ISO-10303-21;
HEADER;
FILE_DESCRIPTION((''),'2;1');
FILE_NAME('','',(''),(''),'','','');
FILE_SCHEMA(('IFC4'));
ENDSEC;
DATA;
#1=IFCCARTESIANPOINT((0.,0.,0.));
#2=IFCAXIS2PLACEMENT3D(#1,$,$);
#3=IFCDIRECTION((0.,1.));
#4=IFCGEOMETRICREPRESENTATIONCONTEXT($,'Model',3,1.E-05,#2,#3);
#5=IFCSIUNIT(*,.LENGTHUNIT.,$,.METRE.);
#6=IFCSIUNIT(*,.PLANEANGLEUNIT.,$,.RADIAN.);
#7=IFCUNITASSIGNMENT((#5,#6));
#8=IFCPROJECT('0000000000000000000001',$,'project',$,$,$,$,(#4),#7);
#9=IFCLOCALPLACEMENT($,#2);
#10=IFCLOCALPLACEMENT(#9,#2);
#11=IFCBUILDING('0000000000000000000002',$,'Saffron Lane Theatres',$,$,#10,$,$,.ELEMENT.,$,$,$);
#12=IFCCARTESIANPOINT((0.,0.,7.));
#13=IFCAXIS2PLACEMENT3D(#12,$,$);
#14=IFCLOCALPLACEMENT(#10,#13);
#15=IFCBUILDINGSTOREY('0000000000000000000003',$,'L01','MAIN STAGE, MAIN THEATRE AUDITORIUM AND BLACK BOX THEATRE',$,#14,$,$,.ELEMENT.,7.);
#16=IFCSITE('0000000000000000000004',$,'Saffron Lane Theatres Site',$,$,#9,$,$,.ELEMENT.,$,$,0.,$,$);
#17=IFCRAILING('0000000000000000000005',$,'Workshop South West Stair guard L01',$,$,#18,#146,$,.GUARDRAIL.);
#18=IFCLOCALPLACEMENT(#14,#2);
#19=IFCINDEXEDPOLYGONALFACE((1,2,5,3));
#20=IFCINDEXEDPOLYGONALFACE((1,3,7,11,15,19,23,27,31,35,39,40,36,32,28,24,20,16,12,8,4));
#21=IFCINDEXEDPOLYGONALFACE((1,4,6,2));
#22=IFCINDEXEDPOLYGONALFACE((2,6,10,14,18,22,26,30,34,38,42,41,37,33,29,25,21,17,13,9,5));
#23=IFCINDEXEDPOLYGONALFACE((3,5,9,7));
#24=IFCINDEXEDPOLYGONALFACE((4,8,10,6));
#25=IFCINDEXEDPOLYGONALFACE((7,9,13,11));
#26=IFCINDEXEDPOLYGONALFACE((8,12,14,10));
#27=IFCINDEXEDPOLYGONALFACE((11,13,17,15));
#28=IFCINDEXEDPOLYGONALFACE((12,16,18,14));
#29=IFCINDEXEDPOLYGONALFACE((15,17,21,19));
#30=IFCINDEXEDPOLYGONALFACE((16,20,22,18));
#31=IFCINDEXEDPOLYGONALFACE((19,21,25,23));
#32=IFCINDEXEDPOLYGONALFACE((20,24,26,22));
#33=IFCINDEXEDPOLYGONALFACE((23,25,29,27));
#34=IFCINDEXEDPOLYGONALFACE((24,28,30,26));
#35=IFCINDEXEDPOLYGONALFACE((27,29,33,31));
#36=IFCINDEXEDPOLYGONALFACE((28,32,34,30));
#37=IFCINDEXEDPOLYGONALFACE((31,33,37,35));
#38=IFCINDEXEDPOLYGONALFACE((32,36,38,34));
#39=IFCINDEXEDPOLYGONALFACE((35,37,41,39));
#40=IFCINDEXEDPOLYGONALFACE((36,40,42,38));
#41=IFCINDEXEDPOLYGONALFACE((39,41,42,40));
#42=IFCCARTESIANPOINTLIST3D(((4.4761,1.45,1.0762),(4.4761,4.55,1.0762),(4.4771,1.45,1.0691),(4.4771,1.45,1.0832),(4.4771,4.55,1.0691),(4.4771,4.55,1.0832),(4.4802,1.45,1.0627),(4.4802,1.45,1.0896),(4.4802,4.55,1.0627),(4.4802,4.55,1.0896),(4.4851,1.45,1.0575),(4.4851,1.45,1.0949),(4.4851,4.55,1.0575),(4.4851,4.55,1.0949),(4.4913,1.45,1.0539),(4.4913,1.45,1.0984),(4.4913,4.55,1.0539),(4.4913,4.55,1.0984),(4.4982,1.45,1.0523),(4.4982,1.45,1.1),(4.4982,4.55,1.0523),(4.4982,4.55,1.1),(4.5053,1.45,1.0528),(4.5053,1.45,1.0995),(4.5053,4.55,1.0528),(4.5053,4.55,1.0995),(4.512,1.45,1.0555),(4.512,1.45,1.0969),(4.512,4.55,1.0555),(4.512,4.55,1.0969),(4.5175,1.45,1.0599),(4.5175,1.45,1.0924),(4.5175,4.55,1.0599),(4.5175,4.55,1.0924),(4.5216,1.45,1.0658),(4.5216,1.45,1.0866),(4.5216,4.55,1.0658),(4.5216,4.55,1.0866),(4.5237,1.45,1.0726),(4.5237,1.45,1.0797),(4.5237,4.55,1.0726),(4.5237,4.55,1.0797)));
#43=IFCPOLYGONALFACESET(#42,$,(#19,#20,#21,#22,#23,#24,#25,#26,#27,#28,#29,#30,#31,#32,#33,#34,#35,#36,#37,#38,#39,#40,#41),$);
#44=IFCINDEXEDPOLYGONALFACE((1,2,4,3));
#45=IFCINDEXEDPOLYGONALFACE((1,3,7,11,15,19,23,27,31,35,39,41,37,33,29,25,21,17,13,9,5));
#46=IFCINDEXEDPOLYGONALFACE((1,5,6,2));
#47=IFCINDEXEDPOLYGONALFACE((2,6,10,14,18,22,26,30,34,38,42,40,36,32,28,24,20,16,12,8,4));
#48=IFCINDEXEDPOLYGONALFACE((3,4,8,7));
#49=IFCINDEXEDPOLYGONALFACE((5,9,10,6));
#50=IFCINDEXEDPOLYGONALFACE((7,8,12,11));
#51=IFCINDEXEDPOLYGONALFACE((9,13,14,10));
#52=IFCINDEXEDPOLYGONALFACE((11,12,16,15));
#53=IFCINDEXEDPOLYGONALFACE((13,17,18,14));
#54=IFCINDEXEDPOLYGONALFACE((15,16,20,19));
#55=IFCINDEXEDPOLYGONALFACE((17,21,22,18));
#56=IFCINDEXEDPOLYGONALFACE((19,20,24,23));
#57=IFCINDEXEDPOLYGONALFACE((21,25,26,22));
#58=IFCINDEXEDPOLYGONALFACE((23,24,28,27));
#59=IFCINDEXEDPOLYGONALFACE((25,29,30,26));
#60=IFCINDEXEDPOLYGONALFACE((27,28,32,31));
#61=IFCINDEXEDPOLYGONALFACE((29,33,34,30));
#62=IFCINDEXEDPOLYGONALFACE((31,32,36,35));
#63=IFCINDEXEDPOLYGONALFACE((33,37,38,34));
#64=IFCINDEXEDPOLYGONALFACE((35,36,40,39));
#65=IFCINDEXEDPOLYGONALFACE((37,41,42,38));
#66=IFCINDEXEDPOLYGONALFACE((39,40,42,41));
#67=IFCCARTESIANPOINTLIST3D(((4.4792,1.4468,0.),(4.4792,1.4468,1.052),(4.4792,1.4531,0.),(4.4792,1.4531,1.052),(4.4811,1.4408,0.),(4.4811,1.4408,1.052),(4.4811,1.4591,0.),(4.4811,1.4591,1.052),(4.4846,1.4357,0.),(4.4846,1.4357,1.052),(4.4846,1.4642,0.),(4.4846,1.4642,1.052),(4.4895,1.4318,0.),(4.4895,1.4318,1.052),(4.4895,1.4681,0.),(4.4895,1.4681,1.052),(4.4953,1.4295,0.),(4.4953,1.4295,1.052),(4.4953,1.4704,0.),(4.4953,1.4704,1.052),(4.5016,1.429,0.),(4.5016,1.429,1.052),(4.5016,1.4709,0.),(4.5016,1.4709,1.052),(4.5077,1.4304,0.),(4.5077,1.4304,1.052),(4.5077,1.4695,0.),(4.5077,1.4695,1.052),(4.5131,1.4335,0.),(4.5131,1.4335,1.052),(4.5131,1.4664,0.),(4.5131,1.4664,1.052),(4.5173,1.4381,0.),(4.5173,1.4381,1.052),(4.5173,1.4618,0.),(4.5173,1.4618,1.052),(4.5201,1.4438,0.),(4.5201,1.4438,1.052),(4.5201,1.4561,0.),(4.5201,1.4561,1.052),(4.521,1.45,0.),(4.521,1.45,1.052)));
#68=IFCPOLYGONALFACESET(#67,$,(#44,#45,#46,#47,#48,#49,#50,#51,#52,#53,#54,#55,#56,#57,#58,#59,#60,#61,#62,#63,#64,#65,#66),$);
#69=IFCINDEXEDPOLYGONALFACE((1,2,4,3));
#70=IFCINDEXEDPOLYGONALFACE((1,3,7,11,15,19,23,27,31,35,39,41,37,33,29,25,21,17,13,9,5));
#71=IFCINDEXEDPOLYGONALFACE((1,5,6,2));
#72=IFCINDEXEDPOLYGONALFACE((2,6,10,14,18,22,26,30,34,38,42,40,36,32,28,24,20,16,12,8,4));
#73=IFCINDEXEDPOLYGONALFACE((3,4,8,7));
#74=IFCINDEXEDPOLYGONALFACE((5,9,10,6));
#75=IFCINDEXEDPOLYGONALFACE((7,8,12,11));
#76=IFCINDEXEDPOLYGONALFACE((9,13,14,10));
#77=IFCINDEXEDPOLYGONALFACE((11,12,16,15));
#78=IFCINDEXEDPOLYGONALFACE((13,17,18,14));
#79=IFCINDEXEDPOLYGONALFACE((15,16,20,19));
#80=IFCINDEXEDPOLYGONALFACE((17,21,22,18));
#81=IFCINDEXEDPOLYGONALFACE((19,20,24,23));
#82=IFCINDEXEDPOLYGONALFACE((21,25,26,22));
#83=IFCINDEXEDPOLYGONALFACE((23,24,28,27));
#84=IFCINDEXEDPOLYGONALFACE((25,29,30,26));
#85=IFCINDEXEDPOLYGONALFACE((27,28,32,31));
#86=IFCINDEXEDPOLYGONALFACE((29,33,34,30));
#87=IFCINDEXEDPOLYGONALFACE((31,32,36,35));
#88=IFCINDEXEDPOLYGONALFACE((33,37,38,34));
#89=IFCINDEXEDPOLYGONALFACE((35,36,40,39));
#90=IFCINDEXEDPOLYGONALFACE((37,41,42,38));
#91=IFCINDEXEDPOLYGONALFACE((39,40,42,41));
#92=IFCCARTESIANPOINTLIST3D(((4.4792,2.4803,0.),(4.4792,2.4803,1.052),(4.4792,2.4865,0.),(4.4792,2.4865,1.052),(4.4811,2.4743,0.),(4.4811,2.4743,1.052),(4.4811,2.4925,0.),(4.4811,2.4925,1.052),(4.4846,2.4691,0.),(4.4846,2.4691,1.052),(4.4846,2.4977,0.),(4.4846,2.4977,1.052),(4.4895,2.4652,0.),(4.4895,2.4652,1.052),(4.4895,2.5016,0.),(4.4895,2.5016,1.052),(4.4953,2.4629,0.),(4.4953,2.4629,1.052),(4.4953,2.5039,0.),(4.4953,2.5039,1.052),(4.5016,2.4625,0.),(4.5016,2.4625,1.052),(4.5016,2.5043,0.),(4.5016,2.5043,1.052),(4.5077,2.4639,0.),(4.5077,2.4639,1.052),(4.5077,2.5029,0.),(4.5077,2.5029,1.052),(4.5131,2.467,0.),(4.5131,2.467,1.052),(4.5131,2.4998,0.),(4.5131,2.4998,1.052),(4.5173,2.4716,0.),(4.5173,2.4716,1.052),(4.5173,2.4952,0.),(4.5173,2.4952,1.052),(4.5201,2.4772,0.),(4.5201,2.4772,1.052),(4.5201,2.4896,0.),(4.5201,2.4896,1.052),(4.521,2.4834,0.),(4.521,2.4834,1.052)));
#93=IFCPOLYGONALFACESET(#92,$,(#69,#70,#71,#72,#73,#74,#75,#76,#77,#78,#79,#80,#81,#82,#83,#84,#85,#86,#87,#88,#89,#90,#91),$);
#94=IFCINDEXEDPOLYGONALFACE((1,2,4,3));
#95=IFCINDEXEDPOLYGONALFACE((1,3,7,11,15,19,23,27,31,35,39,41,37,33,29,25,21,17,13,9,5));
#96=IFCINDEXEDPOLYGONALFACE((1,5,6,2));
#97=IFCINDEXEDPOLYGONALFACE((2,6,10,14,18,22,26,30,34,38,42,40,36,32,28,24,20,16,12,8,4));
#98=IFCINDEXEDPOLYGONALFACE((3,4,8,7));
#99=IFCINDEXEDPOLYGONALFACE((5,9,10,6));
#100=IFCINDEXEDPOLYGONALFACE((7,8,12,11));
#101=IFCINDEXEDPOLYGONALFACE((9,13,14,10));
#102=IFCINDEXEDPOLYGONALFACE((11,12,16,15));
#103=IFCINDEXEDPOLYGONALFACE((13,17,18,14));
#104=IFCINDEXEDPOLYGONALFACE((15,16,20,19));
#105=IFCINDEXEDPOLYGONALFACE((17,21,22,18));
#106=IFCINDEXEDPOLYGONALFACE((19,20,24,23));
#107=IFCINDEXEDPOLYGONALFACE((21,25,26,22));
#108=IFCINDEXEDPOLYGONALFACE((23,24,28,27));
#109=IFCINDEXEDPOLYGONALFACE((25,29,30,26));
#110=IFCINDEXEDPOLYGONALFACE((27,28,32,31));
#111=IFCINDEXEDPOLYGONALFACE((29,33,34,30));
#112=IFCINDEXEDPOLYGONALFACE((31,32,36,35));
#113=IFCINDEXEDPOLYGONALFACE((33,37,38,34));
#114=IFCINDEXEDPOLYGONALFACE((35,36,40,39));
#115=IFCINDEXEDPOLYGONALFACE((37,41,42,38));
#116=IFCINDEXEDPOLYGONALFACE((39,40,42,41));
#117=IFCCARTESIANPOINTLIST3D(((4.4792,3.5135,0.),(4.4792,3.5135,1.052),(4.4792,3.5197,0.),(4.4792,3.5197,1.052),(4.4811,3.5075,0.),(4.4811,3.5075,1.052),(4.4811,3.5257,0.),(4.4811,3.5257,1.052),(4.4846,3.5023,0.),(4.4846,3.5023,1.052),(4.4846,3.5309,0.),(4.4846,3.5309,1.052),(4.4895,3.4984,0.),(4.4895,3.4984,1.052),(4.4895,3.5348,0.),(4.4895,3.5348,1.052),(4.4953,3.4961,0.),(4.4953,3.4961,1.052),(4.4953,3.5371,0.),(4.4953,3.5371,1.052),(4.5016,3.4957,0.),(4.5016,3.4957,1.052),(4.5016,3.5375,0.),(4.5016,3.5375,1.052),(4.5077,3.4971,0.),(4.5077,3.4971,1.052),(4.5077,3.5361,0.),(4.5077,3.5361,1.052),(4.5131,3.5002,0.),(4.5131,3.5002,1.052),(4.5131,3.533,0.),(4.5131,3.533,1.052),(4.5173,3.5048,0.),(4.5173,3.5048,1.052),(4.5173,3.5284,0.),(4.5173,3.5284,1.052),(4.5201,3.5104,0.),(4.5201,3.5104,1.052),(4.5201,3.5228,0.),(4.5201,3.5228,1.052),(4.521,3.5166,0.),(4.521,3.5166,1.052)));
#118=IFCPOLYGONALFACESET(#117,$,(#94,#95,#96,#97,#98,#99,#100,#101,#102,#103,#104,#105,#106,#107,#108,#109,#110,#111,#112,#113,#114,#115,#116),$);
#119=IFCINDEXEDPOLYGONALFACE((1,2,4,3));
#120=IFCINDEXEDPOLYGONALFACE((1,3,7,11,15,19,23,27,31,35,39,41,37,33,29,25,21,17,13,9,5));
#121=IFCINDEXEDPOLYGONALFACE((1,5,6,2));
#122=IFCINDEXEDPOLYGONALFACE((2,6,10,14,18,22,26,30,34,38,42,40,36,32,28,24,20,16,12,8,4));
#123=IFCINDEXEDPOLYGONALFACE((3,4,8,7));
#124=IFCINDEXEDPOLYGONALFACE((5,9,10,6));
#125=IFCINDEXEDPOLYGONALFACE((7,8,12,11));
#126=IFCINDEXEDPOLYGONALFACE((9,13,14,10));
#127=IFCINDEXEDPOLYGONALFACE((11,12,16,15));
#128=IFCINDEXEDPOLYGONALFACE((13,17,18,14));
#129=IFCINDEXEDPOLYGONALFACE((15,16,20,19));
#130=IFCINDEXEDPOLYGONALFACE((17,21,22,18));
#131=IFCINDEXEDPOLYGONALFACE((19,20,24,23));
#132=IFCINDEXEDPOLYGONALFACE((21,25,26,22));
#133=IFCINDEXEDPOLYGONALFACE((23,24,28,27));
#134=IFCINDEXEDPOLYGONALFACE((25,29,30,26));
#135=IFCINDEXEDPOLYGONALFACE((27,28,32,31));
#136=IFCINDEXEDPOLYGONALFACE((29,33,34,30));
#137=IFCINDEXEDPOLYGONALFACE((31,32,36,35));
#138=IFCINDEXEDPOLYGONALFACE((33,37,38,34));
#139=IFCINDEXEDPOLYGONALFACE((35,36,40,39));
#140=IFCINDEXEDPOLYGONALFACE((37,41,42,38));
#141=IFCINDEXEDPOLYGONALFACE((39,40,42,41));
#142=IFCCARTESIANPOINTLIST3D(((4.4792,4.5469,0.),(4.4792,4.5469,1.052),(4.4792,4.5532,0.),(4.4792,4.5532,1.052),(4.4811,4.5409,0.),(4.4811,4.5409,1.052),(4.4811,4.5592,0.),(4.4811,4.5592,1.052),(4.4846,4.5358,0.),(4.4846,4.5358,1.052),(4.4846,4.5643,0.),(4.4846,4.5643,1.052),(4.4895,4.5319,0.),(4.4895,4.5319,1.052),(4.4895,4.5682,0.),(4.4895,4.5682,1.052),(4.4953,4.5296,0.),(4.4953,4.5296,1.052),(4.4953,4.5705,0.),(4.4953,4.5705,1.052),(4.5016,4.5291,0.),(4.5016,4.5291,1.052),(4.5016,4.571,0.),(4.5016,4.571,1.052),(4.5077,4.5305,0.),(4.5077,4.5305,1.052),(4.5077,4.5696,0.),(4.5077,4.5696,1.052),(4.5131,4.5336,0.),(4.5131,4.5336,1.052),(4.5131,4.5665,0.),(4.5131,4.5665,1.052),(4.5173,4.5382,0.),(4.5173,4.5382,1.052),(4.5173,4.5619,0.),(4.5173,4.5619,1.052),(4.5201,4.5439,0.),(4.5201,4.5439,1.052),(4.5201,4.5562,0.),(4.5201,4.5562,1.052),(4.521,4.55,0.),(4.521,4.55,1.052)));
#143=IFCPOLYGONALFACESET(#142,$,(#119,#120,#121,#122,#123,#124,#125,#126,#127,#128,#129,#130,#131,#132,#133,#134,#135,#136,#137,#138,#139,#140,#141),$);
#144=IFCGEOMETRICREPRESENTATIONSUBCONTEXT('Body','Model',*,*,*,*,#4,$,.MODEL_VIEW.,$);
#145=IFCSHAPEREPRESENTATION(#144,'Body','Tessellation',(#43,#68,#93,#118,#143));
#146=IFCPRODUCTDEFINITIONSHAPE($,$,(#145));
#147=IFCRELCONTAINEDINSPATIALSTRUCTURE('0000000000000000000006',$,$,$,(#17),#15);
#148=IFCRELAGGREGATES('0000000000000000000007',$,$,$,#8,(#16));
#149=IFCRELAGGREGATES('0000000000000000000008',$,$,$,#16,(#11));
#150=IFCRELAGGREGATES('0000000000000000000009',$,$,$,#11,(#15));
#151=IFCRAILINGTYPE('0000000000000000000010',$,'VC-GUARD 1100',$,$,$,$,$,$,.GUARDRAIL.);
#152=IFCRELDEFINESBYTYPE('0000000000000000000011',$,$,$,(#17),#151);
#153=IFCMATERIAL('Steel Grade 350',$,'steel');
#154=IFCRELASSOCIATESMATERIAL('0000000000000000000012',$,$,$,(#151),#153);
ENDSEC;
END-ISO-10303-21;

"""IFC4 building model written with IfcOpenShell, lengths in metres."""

from ifc_helpers import new_model, si_unit, direction, frame, origin, origin_2d, place, context, subcontext, project, spatial, circle, extrude, material, type_object, element, save


model = new_model("IFC4")

# Units and contexts
model_context = context("Model", 3, precision=1e-05, world=origin(), true_north=direction((0.0, 1.0)))
body_context = subcontext(model_context, "Body", "Model", "MODEL_VIEW")
ifc_project = project(units=[si_unit("LENGTHUNIT", "METRE"), si_unit("PLANEANGLEUNIT", "RADIAN")], contexts=[model_context])

# Site, building, storey
site_placement = place(None, origin())
site = spatial("IfcSite", under=ifc_project, at=site_placement, Name="Saffron Lane Theatres Site", CompositionType="ELEMENT", RefElevation=0.0)
building_placement = place(site_placement, origin())
building = spatial("IfcBuilding", under=site, at=building_placement, Name="Saffron Lane Theatres", CompositionType="ELEMENT")
storey_placement = place(building_placement, frame((0.0, 0.0, 7.0)))
storey = spatial("IfcBuildingStorey", under=building, at=storey_placement, Name="L01", Description="MAIN STAGE, MAIN THEATRE AUDITORIUM AND BLACK BOX THEATRE", CompositionType="ELEMENT", Elevation=7.0)

# Railing
ifc_material_1 = material(Name="Steel Grade 350", Category="steel")
railing_type_1 = type_object("IfcRailingType", Name="VC-GUARD 1100", PredefinedType="GUARDRAIL", material=ifc_material_1)
railing_1_placement = place(storey_placement, frame((4.5, 1.45, 0.0)))
element("IfcRailing", 1, at=railing_1_placement, inside=storey, type_object=railing_type_1, Name="Workshop South West Stair guard L01", PredefinedType="GUARDRAIL", context=body_context, shape_type="SweptSolid", body=[
    extrude(circle(Radius=0.0239, at=origin_2d()), frame((0.0, 0.0, 1.0762), z_axis=(0.0, 1.0, 0.0), x_axis=(-1.0, 0.0, 0.0)), (0.0, 0.0, 1.0), 3.1001),
    extrude(circle(Radius=0.021, at=origin_2d()), origin(), (0.0, 0.0, 1.0), 1.052),
    extrude(circle(Radius=0.021, at=origin_2d()), frame((0.0, 1.0334, 0.0)), (0.0, 0.0, 1.0), 1.052),
    extrude(circle(Radius=0.021, at=origin_2d()), frame((0.0, 2.0667, 0.0)), (0.0, 0.0, 1.0), 1.052),
    extrude(circle(Radius=0.021, at=origin_2d()), frame((0.0, 3.1001, 0.0)), (0.0, 0.0, 1.0), 1.052),
])

save(model, "model.ifc")
